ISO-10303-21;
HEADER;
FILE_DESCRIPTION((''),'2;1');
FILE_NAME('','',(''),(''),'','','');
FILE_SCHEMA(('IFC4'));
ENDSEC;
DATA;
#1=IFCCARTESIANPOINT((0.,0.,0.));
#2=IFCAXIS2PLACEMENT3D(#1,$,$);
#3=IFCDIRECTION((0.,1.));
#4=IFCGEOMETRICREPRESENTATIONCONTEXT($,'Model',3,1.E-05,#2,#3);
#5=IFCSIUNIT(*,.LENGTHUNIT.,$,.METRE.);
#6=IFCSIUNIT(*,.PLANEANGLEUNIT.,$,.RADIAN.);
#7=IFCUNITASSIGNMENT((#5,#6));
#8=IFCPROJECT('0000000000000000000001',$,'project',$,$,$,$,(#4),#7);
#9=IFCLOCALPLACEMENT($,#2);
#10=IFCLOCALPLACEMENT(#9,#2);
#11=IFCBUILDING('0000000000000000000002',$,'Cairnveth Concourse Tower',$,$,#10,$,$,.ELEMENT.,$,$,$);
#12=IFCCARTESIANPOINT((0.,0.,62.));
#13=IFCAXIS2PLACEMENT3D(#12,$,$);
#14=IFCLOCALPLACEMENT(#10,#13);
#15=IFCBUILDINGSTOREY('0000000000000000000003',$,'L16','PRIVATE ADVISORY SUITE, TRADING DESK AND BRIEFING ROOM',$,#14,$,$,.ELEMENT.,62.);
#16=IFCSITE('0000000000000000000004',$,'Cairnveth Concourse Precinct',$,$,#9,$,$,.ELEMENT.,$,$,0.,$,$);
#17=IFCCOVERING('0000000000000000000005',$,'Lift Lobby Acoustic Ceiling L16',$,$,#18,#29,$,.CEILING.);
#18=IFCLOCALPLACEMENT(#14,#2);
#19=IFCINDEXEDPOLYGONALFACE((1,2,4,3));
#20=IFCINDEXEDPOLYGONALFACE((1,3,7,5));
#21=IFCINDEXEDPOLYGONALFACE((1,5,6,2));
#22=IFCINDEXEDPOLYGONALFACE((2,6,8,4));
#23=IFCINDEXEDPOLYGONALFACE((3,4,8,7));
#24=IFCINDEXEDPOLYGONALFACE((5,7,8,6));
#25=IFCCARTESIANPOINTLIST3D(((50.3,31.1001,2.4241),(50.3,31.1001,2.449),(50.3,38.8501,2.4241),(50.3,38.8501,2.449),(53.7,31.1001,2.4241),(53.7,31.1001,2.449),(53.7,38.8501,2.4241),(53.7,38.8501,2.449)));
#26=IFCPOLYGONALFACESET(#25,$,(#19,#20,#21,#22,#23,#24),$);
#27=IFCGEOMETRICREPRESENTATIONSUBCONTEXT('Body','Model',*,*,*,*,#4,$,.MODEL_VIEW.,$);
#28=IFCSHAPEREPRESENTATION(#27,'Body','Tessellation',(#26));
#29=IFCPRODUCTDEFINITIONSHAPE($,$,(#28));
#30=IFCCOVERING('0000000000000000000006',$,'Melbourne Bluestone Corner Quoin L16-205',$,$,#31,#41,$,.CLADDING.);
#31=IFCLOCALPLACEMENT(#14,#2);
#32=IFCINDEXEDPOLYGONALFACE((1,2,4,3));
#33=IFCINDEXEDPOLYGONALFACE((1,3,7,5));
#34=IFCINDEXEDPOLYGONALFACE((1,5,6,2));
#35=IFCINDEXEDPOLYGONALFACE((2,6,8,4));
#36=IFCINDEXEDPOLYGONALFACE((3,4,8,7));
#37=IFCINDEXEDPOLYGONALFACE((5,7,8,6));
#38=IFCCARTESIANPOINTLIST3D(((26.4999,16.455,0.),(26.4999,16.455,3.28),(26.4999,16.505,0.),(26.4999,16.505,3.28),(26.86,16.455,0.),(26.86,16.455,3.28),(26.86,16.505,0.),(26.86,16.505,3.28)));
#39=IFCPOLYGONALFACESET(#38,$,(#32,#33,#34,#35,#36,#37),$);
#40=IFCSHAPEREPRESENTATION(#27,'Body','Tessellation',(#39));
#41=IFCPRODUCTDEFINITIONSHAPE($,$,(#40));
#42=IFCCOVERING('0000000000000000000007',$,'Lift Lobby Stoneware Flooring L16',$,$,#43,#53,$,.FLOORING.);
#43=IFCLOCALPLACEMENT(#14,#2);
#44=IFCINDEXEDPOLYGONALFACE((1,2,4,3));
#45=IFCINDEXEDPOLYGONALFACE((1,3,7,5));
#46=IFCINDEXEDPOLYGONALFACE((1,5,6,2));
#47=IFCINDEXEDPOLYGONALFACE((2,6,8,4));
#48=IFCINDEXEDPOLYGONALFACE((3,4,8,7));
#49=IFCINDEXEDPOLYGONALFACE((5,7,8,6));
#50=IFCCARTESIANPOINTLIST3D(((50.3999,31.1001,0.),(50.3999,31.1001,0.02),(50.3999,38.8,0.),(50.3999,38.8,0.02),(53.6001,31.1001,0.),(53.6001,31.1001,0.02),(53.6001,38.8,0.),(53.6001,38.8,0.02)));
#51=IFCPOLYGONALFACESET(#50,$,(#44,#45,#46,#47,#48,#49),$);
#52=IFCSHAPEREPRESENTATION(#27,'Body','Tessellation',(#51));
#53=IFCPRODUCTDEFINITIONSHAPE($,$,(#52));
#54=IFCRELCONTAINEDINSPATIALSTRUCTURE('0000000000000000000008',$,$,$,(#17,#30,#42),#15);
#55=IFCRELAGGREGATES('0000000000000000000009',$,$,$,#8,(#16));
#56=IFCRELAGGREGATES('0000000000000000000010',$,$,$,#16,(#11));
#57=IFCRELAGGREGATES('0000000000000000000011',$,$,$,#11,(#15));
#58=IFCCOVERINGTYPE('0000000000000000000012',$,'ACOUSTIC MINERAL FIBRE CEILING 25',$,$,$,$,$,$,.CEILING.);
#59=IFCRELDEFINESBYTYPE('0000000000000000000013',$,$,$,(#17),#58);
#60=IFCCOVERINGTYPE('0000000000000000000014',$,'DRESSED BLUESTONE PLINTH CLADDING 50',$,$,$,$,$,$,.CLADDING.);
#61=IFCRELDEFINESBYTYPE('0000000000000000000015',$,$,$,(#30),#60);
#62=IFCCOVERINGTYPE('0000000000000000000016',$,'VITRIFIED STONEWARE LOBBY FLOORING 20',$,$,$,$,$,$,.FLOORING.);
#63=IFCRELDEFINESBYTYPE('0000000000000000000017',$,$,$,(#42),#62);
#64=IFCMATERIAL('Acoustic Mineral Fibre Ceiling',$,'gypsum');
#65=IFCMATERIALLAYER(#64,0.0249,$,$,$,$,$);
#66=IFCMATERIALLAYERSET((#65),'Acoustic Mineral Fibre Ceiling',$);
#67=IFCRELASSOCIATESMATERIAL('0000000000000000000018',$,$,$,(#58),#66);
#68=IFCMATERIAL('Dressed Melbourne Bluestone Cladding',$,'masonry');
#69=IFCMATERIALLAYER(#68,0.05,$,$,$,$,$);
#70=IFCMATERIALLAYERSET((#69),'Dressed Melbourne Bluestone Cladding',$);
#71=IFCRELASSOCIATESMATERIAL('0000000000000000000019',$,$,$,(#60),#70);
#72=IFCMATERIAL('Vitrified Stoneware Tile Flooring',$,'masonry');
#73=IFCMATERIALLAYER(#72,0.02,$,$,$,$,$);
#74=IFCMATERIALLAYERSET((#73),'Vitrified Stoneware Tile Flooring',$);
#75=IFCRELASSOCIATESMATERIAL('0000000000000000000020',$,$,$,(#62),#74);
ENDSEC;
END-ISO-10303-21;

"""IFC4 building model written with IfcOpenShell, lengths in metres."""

from ifc_helpers import new_model, si_unit, direction, frame, frame_2d, origin, place, context, subcontext, project, spatial, polyline, rectangle, outline, extrude, material, layer, layer_set, type_object, element, save


model = new_model("IFC4")

# Units and contexts
model_context = context("Model", 3, precision=1e-05, world=origin(), true_north=direction((0.0, 1.0)))
body_context = subcontext(model_context, "Body", "Model", "MODEL_VIEW")
ifc_project = project(units=[si_unit("LENGTHUNIT", "METRE"), si_unit("PLANEANGLEUNIT", "RADIAN")], contexts=[model_context])

# Site, building, storey
site_placement = place(None, origin())
site = spatial("IfcSite", under=ifc_project, at=site_placement, Name="Cairnveth Concourse Precinct", CompositionType="ELEMENT", RefElevation=0.0)
building_placement = place(site_placement, origin())
building = spatial("IfcBuilding", under=site, at=building_placement, Name="Cairnveth Concourse Tower", CompositionType="ELEMENT")
storey_placement = place(building_placement, frame((0.0, 0.0, 62.0)))
storey = spatial("IfcBuildingStorey", under=building, at=storey_placement, Name="L16", Description="PRIVATE ADVISORY SUITE, TRADING DESK AND BRIEFING ROOM", CompositionType="ELEMENT", Elevation=62.0)

# Coverings
ifc_material_1 = material(Name="Acoustic Mineral Fibre Ceiling", Category="gypsum")
ifc_layer_1 = layer(ifc_material_1, 0.0249)
ifc_layer_set_1 = layer_set([ifc_layer_1], Name="Acoustic Mineral Fibre Ceiling")
covering_type_1 = type_object("IfcCoveringType", Name="ACOUSTIC MINERAL FIBRE CEILING 25", PredefinedType="CEILING", material=ifc_layer_set_1)
covering_1_placement = place(storey_placement, frame((0.0, 0.0, 2.4241)))
element("IfcCovering", 1, at=covering_1_placement, inside=storey, type_object=covering_type_1, Name="Lift Lobby Acoustic Ceiling L16", PredefinedType="CEILING", context=body_context, shape_type="SweptSolid", body=[
    extrude(outline(polyline([(50.3, 31.1001), (53.7, 31.1001), (53.7, 38.8501), (50.3, 38.8501), (50.3, 31.1001)])), origin(), (0.0, 0.0, 1.0), 0.0249),
])
ifc_material_2 = material(Name="Dressed Melbourne Bluestone Cladding", Category="masonry")
ifc_layer_2 = layer(ifc_material_2, 0.05)
ifc_layer_set_2 = layer_set([ifc_layer_2], Name="Dressed Melbourne Bluestone Cladding")
covering_type_2 = type_object("IfcCoveringType", Name="DRESSED BLUESTONE PLINTH CLADDING 50", PredefinedType="CLADDING", material=ifc_layer_set_2)
covering_2_placement = place(storey_placement, frame((26.8601, 16.48, 0.0), z_axis=(0.0, 0.0, 1.0), x_axis=(-1.0, 0.0, 0.0)))
element("IfcCovering", 2, at=covering_2_placement, inside=storey, type_object=covering_type_2, Name="Melbourne Bluestone Corner Quoin L16-205", PredefinedType="CLADDING", context=body_context, shape_type="SweptSolid", body=[
    extrude(rectangle(XDim=0.3601, YDim=0.05, at=frame_2d((0.1802, 0.0))), origin(), (0.0, 0.0, 1.0), 3.28),
])
ifc_material_3 = material(Name="Vitrified Stoneware Tile Flooring", Category="masonry")
ifc_layer_3 = layer(ifc_material_3, 0.02)
ifc_layer_set_3 = layer_set([ifc_layer_3], Name="Vitrified Stoneware Tile Flooring")
covering_type_3 = type_object("IfcCoveringType", Name="VITRIFIED STONEWARE LOBBY FLOORING 20", PredefinedType="FLOORING", material=ifc_layer_set_3)
covering_3_placement = place(storey_placement, origin())
element("IfcCovering", 3, at=covering_3_placement, inside=storey, type_object=covering_type_3, Name="Lift Lobby Stoneware Flooring L16", PredefinedType="FLOORING", context=body_context, shape_type="SweptSolid", body=[
    extrude(outline(polyline([(50.3999, 31.1001), (53.6001, 31.1001), (53.6001, 38.8), (50.3999, 38.8), (50.3999, 31.1001)])), origin(), (0.0, 0.0, 1.0), 0.02),
])

save(model, "model.ifc")
